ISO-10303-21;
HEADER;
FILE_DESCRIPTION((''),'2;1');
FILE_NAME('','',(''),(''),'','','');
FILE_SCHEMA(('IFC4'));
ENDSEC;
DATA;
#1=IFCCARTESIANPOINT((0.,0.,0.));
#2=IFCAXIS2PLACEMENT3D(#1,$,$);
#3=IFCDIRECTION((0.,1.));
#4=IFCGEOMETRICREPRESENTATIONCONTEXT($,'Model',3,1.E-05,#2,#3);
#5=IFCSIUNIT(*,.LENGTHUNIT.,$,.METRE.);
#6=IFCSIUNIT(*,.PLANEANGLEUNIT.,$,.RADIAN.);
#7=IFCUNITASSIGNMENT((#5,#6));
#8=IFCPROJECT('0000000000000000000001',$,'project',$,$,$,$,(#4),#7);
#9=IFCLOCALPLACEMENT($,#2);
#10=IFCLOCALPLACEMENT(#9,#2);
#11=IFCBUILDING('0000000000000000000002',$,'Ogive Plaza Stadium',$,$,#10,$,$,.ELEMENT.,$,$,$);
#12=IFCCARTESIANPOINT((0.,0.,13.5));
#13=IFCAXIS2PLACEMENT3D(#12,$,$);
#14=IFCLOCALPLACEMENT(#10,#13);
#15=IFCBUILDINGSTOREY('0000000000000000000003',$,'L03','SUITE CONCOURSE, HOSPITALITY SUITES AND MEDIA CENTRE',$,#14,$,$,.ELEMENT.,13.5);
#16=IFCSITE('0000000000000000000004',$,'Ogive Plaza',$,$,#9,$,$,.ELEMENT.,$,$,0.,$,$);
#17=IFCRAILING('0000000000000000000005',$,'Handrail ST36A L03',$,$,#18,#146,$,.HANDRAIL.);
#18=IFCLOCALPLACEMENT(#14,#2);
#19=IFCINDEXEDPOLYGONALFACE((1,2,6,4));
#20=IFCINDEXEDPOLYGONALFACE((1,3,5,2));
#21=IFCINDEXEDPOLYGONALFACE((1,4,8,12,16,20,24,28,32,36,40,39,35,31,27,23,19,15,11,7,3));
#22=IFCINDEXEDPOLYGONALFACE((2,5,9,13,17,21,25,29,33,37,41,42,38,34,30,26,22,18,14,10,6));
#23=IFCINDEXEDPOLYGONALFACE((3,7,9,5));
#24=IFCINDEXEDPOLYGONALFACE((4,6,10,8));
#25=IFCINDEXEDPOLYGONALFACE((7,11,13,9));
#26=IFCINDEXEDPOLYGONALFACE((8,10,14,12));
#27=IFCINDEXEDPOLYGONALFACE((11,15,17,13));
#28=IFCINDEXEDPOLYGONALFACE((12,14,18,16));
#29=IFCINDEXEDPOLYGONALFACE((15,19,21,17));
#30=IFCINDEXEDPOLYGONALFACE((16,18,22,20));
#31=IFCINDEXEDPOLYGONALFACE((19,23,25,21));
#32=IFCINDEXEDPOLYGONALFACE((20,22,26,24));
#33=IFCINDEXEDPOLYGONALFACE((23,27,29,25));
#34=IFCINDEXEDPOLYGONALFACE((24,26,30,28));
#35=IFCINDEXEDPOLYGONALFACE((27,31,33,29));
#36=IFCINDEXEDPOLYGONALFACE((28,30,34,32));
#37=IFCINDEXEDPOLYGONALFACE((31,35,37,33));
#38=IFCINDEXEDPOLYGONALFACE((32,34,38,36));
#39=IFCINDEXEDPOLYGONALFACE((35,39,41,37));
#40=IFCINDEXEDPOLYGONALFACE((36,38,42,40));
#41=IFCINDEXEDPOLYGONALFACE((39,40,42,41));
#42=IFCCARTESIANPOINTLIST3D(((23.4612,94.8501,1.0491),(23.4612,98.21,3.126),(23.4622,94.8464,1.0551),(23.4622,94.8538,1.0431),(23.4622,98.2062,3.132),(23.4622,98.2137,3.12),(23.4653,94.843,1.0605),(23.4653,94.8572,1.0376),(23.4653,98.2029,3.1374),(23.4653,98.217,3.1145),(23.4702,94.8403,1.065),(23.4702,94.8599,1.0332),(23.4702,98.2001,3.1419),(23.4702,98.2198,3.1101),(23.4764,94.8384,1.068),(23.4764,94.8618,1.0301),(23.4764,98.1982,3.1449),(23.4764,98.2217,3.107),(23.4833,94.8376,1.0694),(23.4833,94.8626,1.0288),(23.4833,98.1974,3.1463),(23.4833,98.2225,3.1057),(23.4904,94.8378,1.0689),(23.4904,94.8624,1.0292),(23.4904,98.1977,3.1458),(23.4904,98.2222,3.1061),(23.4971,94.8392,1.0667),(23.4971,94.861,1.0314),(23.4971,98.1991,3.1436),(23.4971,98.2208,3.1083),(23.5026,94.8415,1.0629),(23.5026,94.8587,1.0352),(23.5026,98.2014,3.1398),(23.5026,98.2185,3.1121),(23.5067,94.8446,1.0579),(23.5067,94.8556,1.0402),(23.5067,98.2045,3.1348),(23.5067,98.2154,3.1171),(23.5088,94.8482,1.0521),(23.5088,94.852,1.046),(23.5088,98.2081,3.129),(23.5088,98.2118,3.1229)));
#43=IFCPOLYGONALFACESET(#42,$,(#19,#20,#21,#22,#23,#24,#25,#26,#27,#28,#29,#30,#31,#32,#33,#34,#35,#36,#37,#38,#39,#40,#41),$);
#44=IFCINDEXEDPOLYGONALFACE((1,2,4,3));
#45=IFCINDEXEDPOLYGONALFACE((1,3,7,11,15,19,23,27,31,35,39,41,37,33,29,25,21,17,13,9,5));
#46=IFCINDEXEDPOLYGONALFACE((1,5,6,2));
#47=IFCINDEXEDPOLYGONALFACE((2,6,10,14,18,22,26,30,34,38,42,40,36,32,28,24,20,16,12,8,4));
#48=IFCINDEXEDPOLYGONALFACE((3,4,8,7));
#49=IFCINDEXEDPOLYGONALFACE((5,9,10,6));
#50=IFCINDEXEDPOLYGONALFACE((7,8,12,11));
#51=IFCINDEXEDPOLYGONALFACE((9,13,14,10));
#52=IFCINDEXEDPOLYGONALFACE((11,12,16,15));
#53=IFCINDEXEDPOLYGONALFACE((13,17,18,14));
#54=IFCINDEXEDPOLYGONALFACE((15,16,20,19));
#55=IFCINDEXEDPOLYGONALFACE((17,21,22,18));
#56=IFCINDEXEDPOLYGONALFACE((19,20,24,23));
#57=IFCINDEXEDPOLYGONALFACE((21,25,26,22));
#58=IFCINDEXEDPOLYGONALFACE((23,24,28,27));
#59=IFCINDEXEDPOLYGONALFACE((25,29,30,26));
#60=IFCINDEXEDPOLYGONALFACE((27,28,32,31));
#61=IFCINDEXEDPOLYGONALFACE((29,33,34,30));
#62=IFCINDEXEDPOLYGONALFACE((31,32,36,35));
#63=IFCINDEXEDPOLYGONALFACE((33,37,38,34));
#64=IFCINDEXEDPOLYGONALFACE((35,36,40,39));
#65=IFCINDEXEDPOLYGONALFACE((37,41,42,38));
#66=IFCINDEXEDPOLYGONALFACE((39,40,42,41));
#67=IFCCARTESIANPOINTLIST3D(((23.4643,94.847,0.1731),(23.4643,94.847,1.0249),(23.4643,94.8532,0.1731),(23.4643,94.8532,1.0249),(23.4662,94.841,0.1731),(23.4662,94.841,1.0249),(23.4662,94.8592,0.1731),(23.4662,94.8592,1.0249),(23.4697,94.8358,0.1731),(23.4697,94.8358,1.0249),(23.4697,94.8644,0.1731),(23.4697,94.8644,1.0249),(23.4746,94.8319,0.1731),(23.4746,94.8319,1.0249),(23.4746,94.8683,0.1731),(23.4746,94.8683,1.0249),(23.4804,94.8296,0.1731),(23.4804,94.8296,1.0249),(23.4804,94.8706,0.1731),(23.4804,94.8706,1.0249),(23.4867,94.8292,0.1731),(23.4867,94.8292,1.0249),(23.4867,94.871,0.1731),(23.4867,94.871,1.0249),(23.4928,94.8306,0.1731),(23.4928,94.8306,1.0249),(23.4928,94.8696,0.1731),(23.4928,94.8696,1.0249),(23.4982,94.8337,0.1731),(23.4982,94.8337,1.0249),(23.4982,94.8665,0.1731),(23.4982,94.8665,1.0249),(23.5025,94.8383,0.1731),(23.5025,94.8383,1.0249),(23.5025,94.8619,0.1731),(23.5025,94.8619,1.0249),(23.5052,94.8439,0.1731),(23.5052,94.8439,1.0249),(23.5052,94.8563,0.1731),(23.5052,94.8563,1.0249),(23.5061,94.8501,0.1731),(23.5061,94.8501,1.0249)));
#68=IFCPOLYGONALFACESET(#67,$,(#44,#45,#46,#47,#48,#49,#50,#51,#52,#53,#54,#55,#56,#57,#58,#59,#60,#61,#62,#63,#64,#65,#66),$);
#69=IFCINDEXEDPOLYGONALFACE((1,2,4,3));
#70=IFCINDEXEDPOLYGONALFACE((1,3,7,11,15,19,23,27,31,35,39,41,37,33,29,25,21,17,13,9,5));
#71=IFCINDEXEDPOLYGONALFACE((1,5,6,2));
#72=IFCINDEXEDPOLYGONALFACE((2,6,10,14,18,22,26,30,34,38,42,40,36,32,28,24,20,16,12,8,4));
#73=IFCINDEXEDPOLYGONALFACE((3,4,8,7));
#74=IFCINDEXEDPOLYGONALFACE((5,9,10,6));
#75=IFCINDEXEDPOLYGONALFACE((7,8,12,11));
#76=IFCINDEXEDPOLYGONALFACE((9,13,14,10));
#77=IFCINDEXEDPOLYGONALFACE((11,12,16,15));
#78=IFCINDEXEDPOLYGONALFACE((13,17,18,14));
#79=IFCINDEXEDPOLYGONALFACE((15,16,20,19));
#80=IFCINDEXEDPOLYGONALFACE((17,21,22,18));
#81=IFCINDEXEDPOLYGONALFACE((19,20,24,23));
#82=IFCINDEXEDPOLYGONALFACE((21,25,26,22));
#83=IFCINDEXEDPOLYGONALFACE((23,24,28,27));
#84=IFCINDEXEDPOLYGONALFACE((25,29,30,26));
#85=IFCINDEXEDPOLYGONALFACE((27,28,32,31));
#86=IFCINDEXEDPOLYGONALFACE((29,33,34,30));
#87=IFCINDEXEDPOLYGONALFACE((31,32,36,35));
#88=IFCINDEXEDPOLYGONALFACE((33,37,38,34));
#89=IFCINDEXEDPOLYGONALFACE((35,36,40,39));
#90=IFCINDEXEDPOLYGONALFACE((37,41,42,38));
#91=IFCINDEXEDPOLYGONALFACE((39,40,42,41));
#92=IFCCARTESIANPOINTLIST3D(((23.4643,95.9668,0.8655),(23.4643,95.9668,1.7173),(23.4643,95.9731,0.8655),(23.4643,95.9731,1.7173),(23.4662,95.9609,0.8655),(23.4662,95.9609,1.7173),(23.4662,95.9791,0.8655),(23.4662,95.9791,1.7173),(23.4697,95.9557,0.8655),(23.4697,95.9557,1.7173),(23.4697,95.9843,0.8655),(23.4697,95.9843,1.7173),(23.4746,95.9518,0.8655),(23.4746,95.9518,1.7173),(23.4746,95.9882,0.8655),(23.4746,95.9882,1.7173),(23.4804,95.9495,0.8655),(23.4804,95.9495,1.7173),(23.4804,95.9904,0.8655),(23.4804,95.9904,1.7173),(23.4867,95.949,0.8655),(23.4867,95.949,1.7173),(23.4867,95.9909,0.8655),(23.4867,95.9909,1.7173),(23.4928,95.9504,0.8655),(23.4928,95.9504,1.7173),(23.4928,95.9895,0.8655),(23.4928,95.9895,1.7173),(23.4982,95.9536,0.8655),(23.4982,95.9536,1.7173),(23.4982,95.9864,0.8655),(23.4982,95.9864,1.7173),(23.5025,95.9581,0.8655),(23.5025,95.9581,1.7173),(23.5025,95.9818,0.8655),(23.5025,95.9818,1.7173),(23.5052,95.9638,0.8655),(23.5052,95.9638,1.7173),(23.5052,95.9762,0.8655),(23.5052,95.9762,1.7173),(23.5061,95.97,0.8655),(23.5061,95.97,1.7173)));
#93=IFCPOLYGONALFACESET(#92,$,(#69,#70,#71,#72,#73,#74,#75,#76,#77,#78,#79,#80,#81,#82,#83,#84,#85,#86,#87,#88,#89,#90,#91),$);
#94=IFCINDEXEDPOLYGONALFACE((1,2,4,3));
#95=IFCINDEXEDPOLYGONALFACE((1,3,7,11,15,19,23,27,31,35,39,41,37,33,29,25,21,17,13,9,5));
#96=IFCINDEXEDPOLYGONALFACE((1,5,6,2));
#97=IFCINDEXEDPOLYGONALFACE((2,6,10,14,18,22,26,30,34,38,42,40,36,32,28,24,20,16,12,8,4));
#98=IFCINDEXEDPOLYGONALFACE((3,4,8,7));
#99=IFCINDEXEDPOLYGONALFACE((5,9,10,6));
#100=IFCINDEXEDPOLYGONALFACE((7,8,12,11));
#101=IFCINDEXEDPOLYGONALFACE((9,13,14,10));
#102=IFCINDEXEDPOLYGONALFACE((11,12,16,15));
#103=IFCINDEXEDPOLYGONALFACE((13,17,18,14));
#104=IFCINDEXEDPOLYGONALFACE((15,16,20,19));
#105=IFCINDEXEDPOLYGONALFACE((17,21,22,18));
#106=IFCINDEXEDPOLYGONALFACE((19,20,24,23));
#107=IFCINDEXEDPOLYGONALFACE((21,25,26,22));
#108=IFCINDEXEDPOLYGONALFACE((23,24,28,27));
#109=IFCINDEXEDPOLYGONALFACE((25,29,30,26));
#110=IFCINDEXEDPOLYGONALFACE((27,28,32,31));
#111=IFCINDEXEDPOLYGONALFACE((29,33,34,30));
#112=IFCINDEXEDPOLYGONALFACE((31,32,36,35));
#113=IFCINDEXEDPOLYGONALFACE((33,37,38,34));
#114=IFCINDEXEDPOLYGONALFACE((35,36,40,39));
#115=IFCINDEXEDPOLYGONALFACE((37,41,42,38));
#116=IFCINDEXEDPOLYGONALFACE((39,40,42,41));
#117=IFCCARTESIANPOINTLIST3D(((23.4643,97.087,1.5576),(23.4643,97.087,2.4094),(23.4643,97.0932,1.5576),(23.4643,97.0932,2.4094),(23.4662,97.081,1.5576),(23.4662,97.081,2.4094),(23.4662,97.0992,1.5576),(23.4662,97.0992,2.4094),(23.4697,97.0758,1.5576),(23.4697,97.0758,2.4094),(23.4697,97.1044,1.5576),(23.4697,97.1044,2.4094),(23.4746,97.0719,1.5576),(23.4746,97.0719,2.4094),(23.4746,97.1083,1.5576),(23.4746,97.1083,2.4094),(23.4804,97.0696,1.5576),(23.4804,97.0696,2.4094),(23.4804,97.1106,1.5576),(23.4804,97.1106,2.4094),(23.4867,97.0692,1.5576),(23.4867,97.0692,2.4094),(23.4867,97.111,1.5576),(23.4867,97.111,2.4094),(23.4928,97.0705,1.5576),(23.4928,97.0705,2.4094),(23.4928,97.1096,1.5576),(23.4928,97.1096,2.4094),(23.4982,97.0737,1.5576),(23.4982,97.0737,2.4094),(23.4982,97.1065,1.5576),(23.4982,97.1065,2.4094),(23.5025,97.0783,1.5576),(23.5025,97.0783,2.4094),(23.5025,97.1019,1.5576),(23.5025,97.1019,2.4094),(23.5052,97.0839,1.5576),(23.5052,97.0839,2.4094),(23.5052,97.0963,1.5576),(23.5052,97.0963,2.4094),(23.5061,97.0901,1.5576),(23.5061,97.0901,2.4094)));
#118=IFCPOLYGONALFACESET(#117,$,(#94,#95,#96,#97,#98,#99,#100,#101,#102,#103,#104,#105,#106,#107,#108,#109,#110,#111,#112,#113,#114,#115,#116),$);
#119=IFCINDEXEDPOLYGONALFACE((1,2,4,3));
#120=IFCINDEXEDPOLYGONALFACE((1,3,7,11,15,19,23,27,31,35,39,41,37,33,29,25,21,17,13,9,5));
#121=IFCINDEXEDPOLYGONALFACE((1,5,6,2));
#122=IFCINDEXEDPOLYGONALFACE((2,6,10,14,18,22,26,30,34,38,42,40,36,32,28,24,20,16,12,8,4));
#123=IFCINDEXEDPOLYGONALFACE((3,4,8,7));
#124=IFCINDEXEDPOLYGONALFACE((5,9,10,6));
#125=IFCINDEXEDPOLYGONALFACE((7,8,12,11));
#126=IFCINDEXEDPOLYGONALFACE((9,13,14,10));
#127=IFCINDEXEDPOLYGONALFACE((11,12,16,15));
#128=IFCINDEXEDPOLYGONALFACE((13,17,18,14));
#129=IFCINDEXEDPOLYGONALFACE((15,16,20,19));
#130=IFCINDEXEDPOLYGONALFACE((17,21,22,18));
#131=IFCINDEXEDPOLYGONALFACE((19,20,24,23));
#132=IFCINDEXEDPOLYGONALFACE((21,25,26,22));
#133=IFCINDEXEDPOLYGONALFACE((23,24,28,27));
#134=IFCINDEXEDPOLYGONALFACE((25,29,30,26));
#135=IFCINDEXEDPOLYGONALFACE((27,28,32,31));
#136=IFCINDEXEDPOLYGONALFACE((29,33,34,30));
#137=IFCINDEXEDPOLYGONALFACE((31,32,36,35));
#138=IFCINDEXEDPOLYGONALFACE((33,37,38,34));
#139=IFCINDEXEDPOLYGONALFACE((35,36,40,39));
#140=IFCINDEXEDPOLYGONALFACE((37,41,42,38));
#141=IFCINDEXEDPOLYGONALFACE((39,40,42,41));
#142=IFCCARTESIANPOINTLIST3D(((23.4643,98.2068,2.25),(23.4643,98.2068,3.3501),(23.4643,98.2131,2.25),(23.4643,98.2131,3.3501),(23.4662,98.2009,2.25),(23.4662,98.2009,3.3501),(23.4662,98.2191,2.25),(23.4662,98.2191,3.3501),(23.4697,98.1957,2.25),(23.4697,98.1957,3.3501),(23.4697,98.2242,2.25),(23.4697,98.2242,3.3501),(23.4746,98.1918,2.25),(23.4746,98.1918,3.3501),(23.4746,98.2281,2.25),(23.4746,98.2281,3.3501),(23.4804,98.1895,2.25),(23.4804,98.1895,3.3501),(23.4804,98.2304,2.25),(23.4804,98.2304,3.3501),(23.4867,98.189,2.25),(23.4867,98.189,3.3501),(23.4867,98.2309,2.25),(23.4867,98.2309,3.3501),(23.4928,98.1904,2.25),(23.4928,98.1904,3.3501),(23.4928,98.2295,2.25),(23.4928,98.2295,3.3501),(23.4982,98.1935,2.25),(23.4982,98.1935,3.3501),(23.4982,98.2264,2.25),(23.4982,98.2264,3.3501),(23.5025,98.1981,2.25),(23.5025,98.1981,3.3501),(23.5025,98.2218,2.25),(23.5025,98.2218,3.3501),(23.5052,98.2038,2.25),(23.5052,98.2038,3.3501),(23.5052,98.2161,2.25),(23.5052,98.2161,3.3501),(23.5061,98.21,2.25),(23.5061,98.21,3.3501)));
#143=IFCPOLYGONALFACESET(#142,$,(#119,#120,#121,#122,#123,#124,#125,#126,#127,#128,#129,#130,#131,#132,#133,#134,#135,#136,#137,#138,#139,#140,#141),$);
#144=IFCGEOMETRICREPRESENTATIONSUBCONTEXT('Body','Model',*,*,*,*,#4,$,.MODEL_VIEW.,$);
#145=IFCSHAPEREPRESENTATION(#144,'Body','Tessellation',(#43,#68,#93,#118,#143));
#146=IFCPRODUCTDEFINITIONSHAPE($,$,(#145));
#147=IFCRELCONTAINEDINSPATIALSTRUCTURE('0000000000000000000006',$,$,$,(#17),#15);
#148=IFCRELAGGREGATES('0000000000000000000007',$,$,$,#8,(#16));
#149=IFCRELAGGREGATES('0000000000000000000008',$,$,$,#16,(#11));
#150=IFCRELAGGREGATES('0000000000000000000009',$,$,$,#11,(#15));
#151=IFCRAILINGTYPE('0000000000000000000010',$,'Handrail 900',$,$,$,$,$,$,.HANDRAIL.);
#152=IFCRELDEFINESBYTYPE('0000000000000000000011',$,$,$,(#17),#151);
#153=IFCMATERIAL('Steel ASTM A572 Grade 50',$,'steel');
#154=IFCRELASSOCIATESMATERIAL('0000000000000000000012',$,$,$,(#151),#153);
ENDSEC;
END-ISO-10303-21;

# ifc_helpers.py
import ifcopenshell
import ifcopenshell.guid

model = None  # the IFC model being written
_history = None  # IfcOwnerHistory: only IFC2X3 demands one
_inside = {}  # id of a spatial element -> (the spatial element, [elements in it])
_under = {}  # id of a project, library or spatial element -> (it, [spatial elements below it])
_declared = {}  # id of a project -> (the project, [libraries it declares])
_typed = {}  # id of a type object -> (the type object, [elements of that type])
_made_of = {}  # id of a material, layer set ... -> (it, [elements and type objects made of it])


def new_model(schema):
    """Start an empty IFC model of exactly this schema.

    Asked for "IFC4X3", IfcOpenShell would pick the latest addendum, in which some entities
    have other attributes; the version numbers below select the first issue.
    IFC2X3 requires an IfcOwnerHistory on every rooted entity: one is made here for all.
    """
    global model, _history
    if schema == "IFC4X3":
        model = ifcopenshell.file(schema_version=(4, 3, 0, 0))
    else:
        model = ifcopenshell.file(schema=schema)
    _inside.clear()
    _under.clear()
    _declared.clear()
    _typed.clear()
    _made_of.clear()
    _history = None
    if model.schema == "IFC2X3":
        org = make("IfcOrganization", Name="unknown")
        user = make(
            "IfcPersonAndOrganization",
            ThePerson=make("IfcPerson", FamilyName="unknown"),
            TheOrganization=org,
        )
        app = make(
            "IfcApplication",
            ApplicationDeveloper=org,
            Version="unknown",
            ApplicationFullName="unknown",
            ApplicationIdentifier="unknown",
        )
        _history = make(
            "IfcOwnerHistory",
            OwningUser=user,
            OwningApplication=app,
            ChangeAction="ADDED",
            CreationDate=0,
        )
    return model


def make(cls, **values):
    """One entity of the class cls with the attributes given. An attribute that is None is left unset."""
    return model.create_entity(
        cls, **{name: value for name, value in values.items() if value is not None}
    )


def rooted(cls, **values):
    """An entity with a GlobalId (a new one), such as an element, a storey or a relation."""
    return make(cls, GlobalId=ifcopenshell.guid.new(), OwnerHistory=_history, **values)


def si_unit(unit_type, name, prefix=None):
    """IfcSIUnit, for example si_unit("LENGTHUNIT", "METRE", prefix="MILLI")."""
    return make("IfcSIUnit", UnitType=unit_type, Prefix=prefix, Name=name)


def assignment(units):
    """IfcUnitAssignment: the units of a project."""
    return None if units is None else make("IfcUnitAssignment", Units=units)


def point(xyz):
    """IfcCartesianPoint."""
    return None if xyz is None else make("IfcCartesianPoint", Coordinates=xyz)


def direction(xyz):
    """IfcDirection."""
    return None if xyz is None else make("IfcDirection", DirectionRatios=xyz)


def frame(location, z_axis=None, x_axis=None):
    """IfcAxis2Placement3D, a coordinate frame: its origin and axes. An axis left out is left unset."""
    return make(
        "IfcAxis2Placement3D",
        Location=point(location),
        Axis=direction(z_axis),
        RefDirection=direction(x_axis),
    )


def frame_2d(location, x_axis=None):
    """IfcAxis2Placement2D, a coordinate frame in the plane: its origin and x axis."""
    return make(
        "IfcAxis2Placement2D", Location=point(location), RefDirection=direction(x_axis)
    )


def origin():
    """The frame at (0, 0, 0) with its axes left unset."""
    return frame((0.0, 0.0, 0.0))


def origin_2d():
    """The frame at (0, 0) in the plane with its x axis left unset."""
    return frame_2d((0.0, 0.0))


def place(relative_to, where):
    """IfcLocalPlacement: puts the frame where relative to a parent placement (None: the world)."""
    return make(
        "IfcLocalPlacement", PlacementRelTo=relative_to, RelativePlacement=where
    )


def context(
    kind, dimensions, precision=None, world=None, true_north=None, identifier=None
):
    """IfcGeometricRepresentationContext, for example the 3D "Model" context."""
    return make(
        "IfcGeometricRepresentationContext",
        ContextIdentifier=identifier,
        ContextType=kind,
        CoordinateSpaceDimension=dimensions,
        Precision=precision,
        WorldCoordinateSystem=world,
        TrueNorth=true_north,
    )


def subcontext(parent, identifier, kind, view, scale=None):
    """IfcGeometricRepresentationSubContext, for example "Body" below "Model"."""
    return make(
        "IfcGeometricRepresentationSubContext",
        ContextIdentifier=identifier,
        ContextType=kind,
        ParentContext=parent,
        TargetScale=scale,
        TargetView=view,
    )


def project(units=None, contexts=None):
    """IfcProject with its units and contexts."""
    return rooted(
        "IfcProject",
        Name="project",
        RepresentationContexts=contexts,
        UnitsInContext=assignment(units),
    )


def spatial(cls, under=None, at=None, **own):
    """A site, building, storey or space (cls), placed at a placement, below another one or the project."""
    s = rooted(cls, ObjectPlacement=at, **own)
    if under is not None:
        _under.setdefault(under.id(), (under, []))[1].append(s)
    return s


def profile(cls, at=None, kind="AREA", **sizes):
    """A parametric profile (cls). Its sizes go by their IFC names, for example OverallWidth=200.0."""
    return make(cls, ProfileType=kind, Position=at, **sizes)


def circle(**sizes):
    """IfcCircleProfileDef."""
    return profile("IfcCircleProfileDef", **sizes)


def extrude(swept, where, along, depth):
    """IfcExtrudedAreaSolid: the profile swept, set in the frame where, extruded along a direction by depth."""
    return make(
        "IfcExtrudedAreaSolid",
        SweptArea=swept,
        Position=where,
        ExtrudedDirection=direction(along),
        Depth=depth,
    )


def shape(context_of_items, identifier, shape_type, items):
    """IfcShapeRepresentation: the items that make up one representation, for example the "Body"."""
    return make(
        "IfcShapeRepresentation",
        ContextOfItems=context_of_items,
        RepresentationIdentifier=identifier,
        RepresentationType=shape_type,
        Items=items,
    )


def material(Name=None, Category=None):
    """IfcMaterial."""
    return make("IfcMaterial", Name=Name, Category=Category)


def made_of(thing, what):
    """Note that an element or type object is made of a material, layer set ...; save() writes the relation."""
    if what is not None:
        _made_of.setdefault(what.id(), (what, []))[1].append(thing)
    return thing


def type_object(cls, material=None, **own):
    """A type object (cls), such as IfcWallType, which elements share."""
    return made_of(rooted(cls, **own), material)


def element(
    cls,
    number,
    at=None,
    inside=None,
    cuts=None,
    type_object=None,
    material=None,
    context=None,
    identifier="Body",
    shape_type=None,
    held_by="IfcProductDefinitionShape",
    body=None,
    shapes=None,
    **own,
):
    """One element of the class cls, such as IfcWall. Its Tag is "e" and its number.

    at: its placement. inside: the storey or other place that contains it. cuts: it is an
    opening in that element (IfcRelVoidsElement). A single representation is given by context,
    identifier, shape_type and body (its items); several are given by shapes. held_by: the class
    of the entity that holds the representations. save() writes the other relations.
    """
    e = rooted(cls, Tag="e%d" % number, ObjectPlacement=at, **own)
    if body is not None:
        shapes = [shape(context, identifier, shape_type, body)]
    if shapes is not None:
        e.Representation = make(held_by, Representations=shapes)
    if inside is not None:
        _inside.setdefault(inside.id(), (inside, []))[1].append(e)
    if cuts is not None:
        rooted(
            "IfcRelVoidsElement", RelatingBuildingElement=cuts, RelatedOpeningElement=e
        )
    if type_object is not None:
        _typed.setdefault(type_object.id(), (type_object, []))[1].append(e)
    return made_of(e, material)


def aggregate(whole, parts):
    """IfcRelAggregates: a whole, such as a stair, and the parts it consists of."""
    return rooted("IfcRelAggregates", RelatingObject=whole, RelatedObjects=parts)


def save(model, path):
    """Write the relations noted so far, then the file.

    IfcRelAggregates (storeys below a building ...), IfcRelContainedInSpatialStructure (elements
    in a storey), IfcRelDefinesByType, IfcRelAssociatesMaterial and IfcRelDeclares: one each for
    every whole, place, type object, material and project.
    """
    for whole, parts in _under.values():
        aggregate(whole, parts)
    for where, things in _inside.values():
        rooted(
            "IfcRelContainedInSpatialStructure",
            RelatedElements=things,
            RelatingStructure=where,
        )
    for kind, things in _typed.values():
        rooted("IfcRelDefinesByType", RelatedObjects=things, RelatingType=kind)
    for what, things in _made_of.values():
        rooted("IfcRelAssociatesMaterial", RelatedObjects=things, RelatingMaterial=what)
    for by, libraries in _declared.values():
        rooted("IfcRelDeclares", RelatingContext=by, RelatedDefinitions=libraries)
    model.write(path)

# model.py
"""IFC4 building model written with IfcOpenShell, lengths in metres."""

from ifc_helpers import new_model, si_unit, direction, frame, origin, origin_2d, place, context, subcontext, project, spatial, circle, extrude, material, type_object, element, save


model = new_model("IFC4")

# Units and contexts
model_context = context("Model", 3, precision=1e-05, world=origin(), true_north=direction((0.0, 1.0)))
body_context = subcontext(model_context, "Body", "Model", "MODEL_VIEW")
ifc_project = project(units=[si_unit("LENGTHUNIT", "METRE"), si_unit("PLANEANGLEUNIT", "RADIAN")], contexts=[model_context])

# Site, building, storey
site_placement = place(None, origin())
site = spatial("IfcSite", under=ifc_project, at=site_placement, Name="Ogive Plaza", CompositionType="ELEMENT", RefElevation=0.0)
building_placement = place(site_placement, origin())
building = spatial("IfcBuilding", under=site, at=building_placement, Name="Ogive Plaza Stadium", CompositionType="ELEMENT")
storey_placement = place(building_placement, frame((0.0, 0.0, 13.5)))
storey = spatial("IfcBuildingStorey", under=building, at=storey_placement, Name="L03", Description="SUITE CONCOURSE, HOSPITALITY SUITES AND MEDIA CENTRE", CompositionType="ELEMENT", Elevation=13.5)

# Railing
ifc_material_1 = material(Name="Steel ASTM A572 Grade 50", Category="steel")
railing_type_1 = type_object("IfcRailingType", Name="Handrail 900", PredefinedType="HANDRAIL", material=ifc_material_1)
for number, where, name in (
    (1, (23.4851, 94.8501, 0.1731), "Handrail ST36A L03"),
):
    element("IfcRailing", number, at=place(storey_placement, frame(where)), inside=storey, type_object=railing_type_1, Name=name, PredefinedType="HANDRAIL", context=body_context, shape_type="SweptSolid", body=[
        extrude(circle(Radius=0.0239, at=origin_2d()), frame((0.0, 0.0, 0.876), z_axis=(0.0, 0.850606, 0.525803), x_axis=(-1.0, 0.0, 0.0)), (0.0, 0.0, 1.0), 3.95),
        extrude(circle(Radius=0.021, at=origin_2d()), origin(), (0.0, 0.0, 1.0), 0.8518),
        extrude(circle(Radius=0.021, at=origin_2d()), frame((0.0, 1.1199, 0.6924)), (0.0, 0.0, 1.0), 0.8518),
        extrude(circle(Radius=0.021, at=origin_2d()), frame((0.0, 2.24, 1.3845)), (0.0, 0.0, 1.0), 0.8518),
        extrude(circle(Radius=0.021, at=origin_2d()), frame((0.0, 3.3599, 2.0769)), (0.0, 0.0, 1.0), 1.1001),
    ])

save(model, "model.ifc")
